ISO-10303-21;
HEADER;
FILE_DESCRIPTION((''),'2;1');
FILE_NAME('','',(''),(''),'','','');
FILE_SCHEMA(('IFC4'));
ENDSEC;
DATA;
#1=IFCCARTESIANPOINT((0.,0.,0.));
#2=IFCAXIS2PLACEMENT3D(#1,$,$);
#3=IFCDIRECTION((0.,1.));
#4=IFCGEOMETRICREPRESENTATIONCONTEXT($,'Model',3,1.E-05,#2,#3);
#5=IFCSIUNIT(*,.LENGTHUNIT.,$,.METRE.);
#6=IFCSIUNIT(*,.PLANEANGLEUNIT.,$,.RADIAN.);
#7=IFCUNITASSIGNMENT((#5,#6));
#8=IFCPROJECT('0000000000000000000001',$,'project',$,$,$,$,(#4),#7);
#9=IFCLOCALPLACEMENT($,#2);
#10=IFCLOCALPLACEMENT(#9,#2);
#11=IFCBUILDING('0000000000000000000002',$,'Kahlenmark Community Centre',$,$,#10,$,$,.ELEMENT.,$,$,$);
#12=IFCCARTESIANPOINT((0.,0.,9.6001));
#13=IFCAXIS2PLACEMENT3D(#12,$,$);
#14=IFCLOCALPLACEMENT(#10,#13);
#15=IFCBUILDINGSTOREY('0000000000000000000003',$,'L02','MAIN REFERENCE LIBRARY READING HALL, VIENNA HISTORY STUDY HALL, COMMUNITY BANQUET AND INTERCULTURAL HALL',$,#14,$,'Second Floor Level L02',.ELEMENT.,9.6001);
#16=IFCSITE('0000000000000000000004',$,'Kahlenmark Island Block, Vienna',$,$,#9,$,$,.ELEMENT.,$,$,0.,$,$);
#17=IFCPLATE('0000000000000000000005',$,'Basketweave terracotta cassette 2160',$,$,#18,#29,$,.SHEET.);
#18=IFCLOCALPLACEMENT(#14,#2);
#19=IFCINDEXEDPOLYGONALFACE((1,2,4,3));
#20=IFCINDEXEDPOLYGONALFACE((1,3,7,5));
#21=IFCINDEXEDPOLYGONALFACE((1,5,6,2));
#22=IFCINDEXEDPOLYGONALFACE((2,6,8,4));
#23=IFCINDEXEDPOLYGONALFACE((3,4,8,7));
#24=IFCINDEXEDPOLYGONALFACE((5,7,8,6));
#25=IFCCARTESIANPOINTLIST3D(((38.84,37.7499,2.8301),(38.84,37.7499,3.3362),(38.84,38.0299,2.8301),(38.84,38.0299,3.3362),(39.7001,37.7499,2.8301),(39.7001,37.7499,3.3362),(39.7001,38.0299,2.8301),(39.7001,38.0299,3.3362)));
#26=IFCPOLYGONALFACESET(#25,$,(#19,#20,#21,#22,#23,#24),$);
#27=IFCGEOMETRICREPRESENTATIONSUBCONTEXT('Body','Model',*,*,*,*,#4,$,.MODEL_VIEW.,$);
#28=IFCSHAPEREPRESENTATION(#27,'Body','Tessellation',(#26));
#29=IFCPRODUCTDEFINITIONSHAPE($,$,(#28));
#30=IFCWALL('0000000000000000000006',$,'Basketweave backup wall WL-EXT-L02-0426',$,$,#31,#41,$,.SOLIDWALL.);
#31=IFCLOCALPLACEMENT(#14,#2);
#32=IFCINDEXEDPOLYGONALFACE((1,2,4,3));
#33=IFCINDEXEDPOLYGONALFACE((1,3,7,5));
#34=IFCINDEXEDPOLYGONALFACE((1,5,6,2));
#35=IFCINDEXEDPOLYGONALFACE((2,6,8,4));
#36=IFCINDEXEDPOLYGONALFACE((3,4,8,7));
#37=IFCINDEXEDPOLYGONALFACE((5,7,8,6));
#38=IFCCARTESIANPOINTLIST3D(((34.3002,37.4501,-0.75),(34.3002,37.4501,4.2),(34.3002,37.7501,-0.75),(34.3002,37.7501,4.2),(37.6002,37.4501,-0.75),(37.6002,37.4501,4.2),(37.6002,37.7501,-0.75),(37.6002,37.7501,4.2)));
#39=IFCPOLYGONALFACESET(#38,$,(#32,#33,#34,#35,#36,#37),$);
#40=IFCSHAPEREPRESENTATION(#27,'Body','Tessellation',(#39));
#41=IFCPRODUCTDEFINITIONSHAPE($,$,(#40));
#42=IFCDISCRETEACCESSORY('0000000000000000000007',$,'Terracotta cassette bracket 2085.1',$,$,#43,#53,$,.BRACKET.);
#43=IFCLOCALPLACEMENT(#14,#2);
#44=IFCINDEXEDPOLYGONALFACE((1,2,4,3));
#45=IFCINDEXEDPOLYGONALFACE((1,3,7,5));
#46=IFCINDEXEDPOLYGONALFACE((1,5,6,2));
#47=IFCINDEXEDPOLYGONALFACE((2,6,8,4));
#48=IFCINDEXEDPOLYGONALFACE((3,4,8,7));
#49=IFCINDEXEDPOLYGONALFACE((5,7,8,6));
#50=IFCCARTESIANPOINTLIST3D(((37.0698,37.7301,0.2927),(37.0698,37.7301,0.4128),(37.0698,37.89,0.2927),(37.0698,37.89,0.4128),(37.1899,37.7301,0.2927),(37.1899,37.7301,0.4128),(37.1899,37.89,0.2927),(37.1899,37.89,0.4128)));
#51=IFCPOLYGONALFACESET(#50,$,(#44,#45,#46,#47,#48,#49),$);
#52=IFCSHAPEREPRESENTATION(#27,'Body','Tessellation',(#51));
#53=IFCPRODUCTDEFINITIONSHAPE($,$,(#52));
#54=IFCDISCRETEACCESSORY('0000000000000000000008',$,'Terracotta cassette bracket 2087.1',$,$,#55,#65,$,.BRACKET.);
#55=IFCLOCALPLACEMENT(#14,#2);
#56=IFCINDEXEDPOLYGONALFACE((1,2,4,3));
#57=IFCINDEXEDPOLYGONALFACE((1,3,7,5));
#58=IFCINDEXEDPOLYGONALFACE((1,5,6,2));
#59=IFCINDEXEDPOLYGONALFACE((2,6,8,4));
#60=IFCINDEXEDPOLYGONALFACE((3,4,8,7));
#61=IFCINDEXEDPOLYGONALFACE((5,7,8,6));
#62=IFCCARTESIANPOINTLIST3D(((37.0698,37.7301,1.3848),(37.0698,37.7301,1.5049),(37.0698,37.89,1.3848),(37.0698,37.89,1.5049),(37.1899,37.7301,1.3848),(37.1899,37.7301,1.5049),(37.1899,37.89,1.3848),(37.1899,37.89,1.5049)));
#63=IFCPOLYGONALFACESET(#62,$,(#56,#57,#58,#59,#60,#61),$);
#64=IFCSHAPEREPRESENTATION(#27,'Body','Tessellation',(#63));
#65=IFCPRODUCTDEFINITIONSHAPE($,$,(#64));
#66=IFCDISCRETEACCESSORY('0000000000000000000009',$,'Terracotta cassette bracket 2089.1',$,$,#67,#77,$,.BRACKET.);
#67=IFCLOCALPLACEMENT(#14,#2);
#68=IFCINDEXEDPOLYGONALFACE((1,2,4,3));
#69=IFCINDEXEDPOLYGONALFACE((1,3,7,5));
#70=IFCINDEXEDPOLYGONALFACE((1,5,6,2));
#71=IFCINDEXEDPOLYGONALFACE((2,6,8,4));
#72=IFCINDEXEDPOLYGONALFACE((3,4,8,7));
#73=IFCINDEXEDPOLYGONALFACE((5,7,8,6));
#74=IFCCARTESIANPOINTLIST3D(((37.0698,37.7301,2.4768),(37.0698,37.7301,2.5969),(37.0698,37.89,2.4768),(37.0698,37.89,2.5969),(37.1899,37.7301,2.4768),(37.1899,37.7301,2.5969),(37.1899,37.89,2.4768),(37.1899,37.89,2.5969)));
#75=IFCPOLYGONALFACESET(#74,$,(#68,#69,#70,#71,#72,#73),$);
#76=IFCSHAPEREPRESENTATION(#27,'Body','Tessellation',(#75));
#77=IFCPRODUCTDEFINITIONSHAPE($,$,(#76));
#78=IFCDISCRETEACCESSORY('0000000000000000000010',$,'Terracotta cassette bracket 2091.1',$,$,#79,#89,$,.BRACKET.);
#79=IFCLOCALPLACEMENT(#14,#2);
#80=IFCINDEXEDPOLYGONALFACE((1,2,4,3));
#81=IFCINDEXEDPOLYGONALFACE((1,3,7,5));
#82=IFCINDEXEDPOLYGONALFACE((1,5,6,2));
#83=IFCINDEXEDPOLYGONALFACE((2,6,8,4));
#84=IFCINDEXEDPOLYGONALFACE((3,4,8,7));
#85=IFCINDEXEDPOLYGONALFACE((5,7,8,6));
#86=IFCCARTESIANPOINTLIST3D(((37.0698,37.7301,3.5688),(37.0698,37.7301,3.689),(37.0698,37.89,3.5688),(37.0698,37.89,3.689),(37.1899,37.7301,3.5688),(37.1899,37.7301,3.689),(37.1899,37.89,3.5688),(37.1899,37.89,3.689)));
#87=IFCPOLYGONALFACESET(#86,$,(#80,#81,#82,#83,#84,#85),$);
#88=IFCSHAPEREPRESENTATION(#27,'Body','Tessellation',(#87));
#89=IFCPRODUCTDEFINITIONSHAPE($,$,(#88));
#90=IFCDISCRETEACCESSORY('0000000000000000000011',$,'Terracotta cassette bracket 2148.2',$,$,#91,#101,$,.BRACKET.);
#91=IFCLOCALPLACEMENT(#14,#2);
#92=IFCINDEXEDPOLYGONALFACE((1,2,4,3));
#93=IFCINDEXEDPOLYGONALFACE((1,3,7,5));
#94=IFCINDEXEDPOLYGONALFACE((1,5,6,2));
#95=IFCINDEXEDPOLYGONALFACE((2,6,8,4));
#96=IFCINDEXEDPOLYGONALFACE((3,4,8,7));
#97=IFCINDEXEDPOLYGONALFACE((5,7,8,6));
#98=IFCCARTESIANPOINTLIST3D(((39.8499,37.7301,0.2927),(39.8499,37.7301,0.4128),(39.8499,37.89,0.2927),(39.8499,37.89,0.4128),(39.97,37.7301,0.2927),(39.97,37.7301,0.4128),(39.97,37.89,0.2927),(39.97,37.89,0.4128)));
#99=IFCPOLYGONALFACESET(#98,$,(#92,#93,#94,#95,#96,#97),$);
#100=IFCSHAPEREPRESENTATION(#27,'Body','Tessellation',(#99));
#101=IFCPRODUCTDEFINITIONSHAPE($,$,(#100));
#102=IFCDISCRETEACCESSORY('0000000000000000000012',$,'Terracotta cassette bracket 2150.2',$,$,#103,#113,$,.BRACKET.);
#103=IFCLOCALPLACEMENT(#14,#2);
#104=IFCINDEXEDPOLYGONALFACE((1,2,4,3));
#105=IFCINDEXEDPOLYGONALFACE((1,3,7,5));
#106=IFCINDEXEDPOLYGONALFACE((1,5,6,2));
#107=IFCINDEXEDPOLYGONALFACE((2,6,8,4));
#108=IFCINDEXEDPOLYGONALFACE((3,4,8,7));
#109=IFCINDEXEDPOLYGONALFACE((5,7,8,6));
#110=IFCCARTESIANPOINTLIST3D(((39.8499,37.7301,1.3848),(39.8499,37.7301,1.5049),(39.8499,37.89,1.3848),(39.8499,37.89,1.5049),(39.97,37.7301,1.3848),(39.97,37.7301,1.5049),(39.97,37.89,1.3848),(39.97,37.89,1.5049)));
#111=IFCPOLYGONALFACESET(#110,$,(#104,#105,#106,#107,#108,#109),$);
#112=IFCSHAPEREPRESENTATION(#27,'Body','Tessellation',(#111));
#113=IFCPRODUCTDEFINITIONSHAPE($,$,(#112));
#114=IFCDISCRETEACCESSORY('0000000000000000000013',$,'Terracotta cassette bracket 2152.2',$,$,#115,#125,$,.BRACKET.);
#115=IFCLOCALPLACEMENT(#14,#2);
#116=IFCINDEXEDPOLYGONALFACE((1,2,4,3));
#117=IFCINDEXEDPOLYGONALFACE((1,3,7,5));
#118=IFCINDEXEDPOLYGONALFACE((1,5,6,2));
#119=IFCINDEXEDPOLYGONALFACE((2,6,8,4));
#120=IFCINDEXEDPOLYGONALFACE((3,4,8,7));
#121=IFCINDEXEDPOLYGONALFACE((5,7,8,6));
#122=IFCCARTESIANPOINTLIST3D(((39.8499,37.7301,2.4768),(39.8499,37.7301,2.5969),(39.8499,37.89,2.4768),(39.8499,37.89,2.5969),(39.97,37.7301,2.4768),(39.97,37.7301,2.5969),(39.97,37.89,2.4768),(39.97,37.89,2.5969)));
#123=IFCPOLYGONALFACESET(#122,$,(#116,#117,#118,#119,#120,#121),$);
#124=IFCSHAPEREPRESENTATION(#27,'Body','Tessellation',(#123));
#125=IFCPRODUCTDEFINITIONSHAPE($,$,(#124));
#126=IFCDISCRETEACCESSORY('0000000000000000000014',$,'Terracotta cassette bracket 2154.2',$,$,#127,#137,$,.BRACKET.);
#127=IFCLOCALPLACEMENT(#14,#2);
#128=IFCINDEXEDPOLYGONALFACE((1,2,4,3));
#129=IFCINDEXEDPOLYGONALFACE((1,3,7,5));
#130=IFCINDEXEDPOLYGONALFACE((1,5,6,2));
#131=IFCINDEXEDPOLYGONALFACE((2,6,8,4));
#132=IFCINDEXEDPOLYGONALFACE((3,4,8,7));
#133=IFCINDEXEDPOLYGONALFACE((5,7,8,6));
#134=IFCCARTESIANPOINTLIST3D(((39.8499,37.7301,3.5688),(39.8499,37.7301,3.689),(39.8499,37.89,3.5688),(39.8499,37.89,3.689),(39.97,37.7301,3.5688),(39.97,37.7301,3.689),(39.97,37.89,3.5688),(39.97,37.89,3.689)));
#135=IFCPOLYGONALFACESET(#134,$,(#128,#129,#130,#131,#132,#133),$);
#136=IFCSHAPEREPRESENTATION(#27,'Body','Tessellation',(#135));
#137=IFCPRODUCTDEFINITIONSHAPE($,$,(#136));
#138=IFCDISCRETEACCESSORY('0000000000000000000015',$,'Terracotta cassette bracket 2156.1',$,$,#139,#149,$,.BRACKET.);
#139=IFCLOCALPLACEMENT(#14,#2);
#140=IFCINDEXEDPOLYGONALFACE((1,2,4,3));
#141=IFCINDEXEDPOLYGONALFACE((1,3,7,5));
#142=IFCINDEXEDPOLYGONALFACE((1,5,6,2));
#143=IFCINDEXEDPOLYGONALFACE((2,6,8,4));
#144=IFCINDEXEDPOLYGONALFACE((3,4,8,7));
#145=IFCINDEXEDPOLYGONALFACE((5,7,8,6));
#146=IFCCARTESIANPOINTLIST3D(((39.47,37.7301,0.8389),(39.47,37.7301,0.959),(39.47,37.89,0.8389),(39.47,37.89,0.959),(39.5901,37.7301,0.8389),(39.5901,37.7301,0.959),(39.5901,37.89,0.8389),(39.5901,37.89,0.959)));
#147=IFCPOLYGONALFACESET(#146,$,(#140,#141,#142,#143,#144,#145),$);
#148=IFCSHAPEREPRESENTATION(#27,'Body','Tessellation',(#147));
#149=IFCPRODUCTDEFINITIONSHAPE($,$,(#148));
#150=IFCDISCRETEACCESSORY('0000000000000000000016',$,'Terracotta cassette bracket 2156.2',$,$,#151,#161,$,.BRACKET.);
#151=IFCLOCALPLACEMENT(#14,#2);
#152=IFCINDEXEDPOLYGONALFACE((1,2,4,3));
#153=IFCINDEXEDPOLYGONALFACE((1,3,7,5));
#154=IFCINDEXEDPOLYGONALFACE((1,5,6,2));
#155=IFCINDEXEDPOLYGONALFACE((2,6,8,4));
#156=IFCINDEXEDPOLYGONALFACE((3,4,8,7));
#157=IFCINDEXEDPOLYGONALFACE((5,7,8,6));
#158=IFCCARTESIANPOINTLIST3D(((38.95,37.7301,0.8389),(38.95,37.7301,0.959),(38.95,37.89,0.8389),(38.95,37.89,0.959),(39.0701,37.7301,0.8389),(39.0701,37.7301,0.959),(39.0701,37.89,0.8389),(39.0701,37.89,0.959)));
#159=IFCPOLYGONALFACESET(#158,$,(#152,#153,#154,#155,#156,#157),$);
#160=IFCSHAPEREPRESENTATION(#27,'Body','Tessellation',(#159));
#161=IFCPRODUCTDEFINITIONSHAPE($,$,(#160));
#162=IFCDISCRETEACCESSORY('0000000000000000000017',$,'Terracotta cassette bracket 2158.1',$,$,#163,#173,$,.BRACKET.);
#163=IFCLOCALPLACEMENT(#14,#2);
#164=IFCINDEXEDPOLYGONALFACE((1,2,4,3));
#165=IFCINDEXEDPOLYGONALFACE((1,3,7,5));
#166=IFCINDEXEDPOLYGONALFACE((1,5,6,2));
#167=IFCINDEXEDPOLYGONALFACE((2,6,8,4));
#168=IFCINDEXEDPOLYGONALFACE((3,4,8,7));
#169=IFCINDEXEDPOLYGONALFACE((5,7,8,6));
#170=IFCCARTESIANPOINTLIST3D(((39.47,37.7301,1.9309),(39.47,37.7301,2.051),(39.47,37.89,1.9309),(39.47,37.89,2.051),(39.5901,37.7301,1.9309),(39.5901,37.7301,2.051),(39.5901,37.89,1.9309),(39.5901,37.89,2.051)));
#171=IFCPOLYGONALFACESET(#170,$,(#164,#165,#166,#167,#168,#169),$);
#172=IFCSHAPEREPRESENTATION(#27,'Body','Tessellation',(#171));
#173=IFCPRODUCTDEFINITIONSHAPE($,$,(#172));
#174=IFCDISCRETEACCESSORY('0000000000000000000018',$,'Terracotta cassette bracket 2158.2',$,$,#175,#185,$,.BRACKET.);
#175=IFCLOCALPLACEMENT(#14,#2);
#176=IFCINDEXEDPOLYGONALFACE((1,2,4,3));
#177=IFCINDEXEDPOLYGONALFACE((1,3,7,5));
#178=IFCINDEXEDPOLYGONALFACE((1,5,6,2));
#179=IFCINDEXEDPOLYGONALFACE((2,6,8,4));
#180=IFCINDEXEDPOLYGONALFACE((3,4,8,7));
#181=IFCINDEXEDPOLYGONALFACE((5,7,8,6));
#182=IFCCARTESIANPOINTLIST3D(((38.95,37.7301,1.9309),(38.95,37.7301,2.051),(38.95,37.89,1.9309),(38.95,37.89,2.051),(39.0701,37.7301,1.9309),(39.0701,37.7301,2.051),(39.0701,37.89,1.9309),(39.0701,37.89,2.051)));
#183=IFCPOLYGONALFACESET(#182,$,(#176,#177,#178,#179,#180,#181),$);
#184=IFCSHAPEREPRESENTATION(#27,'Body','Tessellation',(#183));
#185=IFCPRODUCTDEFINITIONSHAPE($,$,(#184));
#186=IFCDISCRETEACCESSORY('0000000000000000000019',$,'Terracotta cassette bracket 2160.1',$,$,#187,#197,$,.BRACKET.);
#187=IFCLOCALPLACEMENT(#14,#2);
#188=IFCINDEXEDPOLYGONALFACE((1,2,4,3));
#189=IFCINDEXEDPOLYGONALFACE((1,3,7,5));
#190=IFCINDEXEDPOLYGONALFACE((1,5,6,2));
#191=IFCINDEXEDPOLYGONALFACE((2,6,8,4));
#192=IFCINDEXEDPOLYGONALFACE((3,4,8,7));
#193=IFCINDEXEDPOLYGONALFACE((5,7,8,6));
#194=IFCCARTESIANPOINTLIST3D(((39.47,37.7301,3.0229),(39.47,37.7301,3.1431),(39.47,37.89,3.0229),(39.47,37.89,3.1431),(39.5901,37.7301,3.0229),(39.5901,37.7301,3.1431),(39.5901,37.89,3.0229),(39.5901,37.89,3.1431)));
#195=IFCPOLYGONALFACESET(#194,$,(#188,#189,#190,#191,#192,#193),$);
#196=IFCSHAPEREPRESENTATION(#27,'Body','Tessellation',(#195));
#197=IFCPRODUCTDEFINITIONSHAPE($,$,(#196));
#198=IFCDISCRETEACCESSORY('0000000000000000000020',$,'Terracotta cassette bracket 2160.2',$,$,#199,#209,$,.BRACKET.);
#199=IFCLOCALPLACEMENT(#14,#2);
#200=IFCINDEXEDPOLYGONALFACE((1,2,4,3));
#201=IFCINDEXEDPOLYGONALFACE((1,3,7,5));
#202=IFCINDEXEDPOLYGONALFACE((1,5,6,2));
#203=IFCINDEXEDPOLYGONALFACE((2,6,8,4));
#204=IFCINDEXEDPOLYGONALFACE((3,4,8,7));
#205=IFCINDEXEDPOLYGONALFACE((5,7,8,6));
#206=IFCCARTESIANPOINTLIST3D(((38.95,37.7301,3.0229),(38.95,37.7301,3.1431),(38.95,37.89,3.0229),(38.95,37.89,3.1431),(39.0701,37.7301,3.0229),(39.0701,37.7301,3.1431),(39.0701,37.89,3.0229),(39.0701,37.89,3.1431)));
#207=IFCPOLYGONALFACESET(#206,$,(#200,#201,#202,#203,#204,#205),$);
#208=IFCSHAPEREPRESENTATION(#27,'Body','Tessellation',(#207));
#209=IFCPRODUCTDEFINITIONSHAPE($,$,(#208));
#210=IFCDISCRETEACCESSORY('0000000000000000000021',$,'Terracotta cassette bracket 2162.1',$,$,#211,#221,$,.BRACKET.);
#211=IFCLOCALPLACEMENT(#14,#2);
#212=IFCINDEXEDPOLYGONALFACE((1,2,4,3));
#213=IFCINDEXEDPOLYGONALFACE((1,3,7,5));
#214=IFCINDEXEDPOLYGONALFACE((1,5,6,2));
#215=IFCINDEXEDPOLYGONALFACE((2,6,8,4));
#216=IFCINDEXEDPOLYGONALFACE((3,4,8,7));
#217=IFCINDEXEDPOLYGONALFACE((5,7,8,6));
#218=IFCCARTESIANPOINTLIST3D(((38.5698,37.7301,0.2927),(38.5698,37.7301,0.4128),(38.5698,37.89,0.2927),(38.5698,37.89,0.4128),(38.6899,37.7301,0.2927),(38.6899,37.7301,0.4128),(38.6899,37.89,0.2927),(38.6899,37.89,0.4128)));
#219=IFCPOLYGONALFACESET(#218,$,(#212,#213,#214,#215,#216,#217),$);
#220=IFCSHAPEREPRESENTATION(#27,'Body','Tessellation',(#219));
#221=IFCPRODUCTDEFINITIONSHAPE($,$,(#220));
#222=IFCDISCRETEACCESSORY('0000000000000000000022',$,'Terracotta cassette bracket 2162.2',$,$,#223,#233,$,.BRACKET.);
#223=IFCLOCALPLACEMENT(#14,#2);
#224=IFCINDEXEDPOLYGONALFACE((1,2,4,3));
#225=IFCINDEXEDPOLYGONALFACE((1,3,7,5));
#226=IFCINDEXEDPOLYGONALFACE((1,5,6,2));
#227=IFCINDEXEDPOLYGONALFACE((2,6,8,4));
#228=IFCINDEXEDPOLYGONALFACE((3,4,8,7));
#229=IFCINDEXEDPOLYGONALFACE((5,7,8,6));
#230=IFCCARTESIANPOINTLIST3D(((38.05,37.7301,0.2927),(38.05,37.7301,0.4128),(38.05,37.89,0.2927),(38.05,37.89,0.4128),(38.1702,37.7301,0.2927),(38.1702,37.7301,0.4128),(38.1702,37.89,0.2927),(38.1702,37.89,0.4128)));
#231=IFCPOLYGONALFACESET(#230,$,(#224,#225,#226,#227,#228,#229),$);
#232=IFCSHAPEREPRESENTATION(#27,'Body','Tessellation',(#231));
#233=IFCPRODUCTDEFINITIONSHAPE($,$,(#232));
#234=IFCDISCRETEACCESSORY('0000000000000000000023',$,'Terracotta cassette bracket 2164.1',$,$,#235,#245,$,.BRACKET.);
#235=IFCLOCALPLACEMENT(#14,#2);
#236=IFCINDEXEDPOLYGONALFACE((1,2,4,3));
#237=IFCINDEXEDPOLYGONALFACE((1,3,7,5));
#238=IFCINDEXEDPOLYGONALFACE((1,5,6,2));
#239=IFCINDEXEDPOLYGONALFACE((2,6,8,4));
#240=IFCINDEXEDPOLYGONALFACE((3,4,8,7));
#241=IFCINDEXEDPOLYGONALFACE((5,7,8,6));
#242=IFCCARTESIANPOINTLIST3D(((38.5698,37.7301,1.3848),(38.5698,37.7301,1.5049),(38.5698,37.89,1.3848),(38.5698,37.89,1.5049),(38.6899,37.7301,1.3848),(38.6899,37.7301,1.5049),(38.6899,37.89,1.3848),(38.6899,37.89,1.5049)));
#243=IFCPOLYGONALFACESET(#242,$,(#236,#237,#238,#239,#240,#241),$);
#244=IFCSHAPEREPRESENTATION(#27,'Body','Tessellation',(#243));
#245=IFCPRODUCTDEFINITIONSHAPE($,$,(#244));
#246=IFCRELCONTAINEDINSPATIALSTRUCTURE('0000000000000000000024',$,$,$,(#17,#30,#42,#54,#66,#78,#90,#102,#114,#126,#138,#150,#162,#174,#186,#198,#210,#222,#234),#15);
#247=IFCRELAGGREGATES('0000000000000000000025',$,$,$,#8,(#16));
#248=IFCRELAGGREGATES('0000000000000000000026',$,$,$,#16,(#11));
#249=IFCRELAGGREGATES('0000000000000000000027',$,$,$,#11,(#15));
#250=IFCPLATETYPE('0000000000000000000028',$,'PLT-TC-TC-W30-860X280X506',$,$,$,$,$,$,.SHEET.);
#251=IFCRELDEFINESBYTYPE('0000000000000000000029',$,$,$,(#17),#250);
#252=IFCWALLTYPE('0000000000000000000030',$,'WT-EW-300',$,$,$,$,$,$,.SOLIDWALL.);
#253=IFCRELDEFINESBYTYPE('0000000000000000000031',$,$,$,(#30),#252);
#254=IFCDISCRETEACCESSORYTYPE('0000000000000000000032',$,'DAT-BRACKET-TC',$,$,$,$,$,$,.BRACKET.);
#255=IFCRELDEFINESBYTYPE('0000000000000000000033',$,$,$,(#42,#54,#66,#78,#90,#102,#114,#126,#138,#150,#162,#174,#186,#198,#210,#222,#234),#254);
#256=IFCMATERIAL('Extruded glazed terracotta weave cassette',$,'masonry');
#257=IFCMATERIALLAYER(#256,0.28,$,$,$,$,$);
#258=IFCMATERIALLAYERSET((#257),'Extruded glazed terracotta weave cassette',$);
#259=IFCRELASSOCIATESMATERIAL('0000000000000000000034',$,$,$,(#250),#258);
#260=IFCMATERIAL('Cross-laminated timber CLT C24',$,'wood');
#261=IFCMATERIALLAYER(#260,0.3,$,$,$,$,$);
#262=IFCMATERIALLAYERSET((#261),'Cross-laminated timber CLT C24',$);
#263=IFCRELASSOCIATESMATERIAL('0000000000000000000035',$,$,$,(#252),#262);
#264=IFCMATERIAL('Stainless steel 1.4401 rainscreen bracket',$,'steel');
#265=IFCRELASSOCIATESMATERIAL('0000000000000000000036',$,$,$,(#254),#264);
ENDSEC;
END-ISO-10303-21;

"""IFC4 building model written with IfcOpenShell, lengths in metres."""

from ifc_helpers import new_model, si_unit, direction, frame, frame_2d, origin, origin_2d, place, context, subcontext, project, spatial, rectangle, extrude, material, layer, layer_set, type_object, element, save


model = new_model("IFC4")

# Units and contexts
model_context = context("Model", 3, precision=1e-05, world=origin(), true_north=direction((0.0, 1.0)))
body_context = subcontext(model_context, "Body", "Model", "MODEL_VIEW")
ifc_project = project(units=[si_unit("LENGTHUNIT", "METRE"), si_unit("PLANEANGLEUNIT", "RADIAN")], contexts=[model_context])

# Site, building, storey
site_placement = place(None, origin())
site = spatial("IfcSite", under=ifc_project, at=site_placement, Name="Kahlenmark Island Block, Vienna", CompositionType="ELEMENT", RefElevation=0.0)
building_placement = place(site_placement, origin())
building = spatial("IfcBuilding", under=site, at=building_placement, Name="Kahlenmark Community Centre", CompositionType="ELEMENT")
storey_placement = place(building_placement, frame((0.0, 0.0, 9.6001)))
storey = spatial("IfcBuildingStorey", under=building, at=storey_placement, Name="L02", Description="MAIN REFERENCE LIBRARY READING HALL, VIENNA HISTORY STUDY HALL, COMMUNITY BANQUET AND INTERCULTURAL HALL", LongName="Second Floor Level L02", CompositionType="ELEMENT", Elevation=9.6001)

# Plate
ifc_material_1 = material(Name="Extruded glazed terracotta weave cassette", Category="masonry")
ifc_layer_1 = layer(ifc_material_1, 0.28)
ifc_layer_set_1 = layer_set([ifc_layer_1], Name="Extruded glazed terracotta weave cassette")
plate_type_1 = type_object("IfcPlateType", Name="PLT-TC-TC-W30-860X280X506", PredefinedType="SHEET", material=ifc_layer_set_1)
plate_1_placement = place(storey_placement, frame((39.27, 37.8899, 2.8301), z_axis=(0.0, 0.0, 1.0), x_axis=(-1.0, 0.0, 0.0)))
element("IfcPlate", 1, at=plate_1_placement, inside=storey, type_object=plate_type_1, Name="Basketweave terracotta cassette 2160", PredefinedType="SHEET", context=body_context, shape_type="SweptSolid", body=[
    extrude(rectangle(XDim=0.8601, YDim=0.28, at=origin_2d()), origin(), (0.0, 0.0, 1.0), 0.5061),
])

# Wall
ifc_material_2 = material(Name="Cross-laminated timber CLT C24", Category="wood")
ifc_layer_2 = layer(ifc_material_2, 0.3)
ifc_layer_set_2 = layer_set([ifc_layer_2], Name="Cross-laminated timber CLT C24")
wall_type = type_object("IfcWallType", Name="WT-EW-300", PredefinedType="SOLIDWALL", material=ifc_layer_set_2)
wall_placement = place(storey_placement, frame((37.6001, 37.6001, -0.75), z_axis=(0.0, 0.0, 1.0), x_axis=(-1.0, 0.0, 0.0)))
element("IfcWall", 2, at=wall_placement, inside=storey, type_object=wall_type, Name="Basketweave backup wall WL-EXT-L02-0426", PredefinedType="SOLIDWALL", context=body_context, shape_type="SweptSolid", body=[
    extrude(rectangle(XDim=3.3, YDim=0.3, at=frame_2d((1.6499, 0.0))), origin(), (0.0, 0.0, 1.0), 4.95),
])

# Discrete accessories
ifc_material_3 = material(Name="Stainless steel 1.4401 rainscreen bracket", Category="steel")
discrete_accessory_type = type_object("IfcDiscreteAccessoryType", Name="DAT-BRACKET-TC", PredefinedType="BRACKET", material=ifc_material_3)
for number, where, z_axis, x_axis, name in (
    (3, (37.1299, 37.8101, 0.2927), (0.0, 0.0, 1.0), (-1.0, 0.0, 0.0), "Terracotta cassette bracket 2085.1"),
    (4, (37.1299, 37.8101, 1.3848), (0.0, 0.0, 1.0), (-1.0, 0.0, 0.0), "Terracotta cassette bracket 2087.1"),
    (5, (37.1299, 37.8101, 2.4768), (0.0, 0.0, 1.0), (-1.0, 0.0, 0.0), "Terracotta cassette bracket 2089.1"),
    (6, (37.1299, 37.8101, 3.5688), (0.0, 0.0, 1.0), (-1.0, 0.0, 0.0), "Terracotta cassette bracket 2091.1"),
    (7, (39.9099, 37.8101, 0.2927), (0.0, 0.0, 1.0), (-1.0, 0.0, 0.0), "Terracotta cassette bracket 2148.2"),
    (8, (39.9099, 37.8101, 1.3848), (0.0, 0.0, 1.0), (-1.0, 0.0, 0.0), "Terracotta cassette bracket 2150.2"),
    (9, (39.9099, 37.8101, 2.4768), (0.0, 0.0, 1.0), (-1.0, 0.0, 0.0), "Terracotta cassette bracket 2152.2"),
    (10, (39.9099, 37.8101, 3.5688), (0.0, 0.0, 1.0), (-1.0, 0.0, 0.0), "Terracotta cassette bracket 2154.2"),
    (11, (39.53, 37.8101, 0.8389), (0.0, 0.0, 1.0), (-1.0, 0.0, 0.0), "Terracotta cassette bracket 2156.1"),
    (12, (39.01, 37.8101, 0.8389), (0.0, 0.0, 1.0), (-1.0, 0.0, 0.0), "Terracotta cassette bracket 2156.2"),
    (13, (39.53, 37.8101, 1.9309), (0.0, 0.0, 1.0), (-1.0, 0.0, 0.0), "Terracotta cassette bracket 2158.1"),
    (14, (39.01, 37.8101, 1.9309), (0.0, 0.0, 1.0), (-1.0, 0.0, 0.0), "Terracotta cassette bracket 2158.2"),
    (15, (39.53, 37.8101, 3.0229), (0.0, 0.0, 1.0), (-1.0, 0.0, 0.0), "Terracotta cassette bracket 2160.1"),
    (16, (39.01, 37.8101, 3.0229), (0.0, 0.0, 1.0), (-1.0, 0.0, 0.0), "Terracotta cassette bracket 2160.2"),
    (17, (38.6299, 37.8101, 0.2927), (0.0, 0.0, 1.0), (-1.0, 0.0, 0.0), "Terracotta cassette bracket 2162.1"),
    (18, (38.1101, 37.8101, 0.2927), (0.0, 0.0, 1.0), (-1.0, 0.0, 0.0), "Terracotta cassette bracket 2162.2"),
    (19, (38.6299, 37.8101, 1.3848), (0.0, 0.0, 1.0), (-1.0, 0.0, 0.0), "Terracotta cassette bracket 2164.1"),
):
    element("IfcDiscreteAccessory", number, at=place(storey_placement, frame(where, z_axis=z_axis, x_axis=x_axis)), inside=storey, type_object=discrete_accessory_type, Name=name, PredefinedType="BRACKET", context=body_context, shape_type="SweptSolid", body=[
        extrude(rectangle(XDim=0.1201, YDim=0.1599, at=origin_2d()), origin(), (0.0, 0.0, 1.0), 0.1201),
    ])

save(model, "model.ifc")
